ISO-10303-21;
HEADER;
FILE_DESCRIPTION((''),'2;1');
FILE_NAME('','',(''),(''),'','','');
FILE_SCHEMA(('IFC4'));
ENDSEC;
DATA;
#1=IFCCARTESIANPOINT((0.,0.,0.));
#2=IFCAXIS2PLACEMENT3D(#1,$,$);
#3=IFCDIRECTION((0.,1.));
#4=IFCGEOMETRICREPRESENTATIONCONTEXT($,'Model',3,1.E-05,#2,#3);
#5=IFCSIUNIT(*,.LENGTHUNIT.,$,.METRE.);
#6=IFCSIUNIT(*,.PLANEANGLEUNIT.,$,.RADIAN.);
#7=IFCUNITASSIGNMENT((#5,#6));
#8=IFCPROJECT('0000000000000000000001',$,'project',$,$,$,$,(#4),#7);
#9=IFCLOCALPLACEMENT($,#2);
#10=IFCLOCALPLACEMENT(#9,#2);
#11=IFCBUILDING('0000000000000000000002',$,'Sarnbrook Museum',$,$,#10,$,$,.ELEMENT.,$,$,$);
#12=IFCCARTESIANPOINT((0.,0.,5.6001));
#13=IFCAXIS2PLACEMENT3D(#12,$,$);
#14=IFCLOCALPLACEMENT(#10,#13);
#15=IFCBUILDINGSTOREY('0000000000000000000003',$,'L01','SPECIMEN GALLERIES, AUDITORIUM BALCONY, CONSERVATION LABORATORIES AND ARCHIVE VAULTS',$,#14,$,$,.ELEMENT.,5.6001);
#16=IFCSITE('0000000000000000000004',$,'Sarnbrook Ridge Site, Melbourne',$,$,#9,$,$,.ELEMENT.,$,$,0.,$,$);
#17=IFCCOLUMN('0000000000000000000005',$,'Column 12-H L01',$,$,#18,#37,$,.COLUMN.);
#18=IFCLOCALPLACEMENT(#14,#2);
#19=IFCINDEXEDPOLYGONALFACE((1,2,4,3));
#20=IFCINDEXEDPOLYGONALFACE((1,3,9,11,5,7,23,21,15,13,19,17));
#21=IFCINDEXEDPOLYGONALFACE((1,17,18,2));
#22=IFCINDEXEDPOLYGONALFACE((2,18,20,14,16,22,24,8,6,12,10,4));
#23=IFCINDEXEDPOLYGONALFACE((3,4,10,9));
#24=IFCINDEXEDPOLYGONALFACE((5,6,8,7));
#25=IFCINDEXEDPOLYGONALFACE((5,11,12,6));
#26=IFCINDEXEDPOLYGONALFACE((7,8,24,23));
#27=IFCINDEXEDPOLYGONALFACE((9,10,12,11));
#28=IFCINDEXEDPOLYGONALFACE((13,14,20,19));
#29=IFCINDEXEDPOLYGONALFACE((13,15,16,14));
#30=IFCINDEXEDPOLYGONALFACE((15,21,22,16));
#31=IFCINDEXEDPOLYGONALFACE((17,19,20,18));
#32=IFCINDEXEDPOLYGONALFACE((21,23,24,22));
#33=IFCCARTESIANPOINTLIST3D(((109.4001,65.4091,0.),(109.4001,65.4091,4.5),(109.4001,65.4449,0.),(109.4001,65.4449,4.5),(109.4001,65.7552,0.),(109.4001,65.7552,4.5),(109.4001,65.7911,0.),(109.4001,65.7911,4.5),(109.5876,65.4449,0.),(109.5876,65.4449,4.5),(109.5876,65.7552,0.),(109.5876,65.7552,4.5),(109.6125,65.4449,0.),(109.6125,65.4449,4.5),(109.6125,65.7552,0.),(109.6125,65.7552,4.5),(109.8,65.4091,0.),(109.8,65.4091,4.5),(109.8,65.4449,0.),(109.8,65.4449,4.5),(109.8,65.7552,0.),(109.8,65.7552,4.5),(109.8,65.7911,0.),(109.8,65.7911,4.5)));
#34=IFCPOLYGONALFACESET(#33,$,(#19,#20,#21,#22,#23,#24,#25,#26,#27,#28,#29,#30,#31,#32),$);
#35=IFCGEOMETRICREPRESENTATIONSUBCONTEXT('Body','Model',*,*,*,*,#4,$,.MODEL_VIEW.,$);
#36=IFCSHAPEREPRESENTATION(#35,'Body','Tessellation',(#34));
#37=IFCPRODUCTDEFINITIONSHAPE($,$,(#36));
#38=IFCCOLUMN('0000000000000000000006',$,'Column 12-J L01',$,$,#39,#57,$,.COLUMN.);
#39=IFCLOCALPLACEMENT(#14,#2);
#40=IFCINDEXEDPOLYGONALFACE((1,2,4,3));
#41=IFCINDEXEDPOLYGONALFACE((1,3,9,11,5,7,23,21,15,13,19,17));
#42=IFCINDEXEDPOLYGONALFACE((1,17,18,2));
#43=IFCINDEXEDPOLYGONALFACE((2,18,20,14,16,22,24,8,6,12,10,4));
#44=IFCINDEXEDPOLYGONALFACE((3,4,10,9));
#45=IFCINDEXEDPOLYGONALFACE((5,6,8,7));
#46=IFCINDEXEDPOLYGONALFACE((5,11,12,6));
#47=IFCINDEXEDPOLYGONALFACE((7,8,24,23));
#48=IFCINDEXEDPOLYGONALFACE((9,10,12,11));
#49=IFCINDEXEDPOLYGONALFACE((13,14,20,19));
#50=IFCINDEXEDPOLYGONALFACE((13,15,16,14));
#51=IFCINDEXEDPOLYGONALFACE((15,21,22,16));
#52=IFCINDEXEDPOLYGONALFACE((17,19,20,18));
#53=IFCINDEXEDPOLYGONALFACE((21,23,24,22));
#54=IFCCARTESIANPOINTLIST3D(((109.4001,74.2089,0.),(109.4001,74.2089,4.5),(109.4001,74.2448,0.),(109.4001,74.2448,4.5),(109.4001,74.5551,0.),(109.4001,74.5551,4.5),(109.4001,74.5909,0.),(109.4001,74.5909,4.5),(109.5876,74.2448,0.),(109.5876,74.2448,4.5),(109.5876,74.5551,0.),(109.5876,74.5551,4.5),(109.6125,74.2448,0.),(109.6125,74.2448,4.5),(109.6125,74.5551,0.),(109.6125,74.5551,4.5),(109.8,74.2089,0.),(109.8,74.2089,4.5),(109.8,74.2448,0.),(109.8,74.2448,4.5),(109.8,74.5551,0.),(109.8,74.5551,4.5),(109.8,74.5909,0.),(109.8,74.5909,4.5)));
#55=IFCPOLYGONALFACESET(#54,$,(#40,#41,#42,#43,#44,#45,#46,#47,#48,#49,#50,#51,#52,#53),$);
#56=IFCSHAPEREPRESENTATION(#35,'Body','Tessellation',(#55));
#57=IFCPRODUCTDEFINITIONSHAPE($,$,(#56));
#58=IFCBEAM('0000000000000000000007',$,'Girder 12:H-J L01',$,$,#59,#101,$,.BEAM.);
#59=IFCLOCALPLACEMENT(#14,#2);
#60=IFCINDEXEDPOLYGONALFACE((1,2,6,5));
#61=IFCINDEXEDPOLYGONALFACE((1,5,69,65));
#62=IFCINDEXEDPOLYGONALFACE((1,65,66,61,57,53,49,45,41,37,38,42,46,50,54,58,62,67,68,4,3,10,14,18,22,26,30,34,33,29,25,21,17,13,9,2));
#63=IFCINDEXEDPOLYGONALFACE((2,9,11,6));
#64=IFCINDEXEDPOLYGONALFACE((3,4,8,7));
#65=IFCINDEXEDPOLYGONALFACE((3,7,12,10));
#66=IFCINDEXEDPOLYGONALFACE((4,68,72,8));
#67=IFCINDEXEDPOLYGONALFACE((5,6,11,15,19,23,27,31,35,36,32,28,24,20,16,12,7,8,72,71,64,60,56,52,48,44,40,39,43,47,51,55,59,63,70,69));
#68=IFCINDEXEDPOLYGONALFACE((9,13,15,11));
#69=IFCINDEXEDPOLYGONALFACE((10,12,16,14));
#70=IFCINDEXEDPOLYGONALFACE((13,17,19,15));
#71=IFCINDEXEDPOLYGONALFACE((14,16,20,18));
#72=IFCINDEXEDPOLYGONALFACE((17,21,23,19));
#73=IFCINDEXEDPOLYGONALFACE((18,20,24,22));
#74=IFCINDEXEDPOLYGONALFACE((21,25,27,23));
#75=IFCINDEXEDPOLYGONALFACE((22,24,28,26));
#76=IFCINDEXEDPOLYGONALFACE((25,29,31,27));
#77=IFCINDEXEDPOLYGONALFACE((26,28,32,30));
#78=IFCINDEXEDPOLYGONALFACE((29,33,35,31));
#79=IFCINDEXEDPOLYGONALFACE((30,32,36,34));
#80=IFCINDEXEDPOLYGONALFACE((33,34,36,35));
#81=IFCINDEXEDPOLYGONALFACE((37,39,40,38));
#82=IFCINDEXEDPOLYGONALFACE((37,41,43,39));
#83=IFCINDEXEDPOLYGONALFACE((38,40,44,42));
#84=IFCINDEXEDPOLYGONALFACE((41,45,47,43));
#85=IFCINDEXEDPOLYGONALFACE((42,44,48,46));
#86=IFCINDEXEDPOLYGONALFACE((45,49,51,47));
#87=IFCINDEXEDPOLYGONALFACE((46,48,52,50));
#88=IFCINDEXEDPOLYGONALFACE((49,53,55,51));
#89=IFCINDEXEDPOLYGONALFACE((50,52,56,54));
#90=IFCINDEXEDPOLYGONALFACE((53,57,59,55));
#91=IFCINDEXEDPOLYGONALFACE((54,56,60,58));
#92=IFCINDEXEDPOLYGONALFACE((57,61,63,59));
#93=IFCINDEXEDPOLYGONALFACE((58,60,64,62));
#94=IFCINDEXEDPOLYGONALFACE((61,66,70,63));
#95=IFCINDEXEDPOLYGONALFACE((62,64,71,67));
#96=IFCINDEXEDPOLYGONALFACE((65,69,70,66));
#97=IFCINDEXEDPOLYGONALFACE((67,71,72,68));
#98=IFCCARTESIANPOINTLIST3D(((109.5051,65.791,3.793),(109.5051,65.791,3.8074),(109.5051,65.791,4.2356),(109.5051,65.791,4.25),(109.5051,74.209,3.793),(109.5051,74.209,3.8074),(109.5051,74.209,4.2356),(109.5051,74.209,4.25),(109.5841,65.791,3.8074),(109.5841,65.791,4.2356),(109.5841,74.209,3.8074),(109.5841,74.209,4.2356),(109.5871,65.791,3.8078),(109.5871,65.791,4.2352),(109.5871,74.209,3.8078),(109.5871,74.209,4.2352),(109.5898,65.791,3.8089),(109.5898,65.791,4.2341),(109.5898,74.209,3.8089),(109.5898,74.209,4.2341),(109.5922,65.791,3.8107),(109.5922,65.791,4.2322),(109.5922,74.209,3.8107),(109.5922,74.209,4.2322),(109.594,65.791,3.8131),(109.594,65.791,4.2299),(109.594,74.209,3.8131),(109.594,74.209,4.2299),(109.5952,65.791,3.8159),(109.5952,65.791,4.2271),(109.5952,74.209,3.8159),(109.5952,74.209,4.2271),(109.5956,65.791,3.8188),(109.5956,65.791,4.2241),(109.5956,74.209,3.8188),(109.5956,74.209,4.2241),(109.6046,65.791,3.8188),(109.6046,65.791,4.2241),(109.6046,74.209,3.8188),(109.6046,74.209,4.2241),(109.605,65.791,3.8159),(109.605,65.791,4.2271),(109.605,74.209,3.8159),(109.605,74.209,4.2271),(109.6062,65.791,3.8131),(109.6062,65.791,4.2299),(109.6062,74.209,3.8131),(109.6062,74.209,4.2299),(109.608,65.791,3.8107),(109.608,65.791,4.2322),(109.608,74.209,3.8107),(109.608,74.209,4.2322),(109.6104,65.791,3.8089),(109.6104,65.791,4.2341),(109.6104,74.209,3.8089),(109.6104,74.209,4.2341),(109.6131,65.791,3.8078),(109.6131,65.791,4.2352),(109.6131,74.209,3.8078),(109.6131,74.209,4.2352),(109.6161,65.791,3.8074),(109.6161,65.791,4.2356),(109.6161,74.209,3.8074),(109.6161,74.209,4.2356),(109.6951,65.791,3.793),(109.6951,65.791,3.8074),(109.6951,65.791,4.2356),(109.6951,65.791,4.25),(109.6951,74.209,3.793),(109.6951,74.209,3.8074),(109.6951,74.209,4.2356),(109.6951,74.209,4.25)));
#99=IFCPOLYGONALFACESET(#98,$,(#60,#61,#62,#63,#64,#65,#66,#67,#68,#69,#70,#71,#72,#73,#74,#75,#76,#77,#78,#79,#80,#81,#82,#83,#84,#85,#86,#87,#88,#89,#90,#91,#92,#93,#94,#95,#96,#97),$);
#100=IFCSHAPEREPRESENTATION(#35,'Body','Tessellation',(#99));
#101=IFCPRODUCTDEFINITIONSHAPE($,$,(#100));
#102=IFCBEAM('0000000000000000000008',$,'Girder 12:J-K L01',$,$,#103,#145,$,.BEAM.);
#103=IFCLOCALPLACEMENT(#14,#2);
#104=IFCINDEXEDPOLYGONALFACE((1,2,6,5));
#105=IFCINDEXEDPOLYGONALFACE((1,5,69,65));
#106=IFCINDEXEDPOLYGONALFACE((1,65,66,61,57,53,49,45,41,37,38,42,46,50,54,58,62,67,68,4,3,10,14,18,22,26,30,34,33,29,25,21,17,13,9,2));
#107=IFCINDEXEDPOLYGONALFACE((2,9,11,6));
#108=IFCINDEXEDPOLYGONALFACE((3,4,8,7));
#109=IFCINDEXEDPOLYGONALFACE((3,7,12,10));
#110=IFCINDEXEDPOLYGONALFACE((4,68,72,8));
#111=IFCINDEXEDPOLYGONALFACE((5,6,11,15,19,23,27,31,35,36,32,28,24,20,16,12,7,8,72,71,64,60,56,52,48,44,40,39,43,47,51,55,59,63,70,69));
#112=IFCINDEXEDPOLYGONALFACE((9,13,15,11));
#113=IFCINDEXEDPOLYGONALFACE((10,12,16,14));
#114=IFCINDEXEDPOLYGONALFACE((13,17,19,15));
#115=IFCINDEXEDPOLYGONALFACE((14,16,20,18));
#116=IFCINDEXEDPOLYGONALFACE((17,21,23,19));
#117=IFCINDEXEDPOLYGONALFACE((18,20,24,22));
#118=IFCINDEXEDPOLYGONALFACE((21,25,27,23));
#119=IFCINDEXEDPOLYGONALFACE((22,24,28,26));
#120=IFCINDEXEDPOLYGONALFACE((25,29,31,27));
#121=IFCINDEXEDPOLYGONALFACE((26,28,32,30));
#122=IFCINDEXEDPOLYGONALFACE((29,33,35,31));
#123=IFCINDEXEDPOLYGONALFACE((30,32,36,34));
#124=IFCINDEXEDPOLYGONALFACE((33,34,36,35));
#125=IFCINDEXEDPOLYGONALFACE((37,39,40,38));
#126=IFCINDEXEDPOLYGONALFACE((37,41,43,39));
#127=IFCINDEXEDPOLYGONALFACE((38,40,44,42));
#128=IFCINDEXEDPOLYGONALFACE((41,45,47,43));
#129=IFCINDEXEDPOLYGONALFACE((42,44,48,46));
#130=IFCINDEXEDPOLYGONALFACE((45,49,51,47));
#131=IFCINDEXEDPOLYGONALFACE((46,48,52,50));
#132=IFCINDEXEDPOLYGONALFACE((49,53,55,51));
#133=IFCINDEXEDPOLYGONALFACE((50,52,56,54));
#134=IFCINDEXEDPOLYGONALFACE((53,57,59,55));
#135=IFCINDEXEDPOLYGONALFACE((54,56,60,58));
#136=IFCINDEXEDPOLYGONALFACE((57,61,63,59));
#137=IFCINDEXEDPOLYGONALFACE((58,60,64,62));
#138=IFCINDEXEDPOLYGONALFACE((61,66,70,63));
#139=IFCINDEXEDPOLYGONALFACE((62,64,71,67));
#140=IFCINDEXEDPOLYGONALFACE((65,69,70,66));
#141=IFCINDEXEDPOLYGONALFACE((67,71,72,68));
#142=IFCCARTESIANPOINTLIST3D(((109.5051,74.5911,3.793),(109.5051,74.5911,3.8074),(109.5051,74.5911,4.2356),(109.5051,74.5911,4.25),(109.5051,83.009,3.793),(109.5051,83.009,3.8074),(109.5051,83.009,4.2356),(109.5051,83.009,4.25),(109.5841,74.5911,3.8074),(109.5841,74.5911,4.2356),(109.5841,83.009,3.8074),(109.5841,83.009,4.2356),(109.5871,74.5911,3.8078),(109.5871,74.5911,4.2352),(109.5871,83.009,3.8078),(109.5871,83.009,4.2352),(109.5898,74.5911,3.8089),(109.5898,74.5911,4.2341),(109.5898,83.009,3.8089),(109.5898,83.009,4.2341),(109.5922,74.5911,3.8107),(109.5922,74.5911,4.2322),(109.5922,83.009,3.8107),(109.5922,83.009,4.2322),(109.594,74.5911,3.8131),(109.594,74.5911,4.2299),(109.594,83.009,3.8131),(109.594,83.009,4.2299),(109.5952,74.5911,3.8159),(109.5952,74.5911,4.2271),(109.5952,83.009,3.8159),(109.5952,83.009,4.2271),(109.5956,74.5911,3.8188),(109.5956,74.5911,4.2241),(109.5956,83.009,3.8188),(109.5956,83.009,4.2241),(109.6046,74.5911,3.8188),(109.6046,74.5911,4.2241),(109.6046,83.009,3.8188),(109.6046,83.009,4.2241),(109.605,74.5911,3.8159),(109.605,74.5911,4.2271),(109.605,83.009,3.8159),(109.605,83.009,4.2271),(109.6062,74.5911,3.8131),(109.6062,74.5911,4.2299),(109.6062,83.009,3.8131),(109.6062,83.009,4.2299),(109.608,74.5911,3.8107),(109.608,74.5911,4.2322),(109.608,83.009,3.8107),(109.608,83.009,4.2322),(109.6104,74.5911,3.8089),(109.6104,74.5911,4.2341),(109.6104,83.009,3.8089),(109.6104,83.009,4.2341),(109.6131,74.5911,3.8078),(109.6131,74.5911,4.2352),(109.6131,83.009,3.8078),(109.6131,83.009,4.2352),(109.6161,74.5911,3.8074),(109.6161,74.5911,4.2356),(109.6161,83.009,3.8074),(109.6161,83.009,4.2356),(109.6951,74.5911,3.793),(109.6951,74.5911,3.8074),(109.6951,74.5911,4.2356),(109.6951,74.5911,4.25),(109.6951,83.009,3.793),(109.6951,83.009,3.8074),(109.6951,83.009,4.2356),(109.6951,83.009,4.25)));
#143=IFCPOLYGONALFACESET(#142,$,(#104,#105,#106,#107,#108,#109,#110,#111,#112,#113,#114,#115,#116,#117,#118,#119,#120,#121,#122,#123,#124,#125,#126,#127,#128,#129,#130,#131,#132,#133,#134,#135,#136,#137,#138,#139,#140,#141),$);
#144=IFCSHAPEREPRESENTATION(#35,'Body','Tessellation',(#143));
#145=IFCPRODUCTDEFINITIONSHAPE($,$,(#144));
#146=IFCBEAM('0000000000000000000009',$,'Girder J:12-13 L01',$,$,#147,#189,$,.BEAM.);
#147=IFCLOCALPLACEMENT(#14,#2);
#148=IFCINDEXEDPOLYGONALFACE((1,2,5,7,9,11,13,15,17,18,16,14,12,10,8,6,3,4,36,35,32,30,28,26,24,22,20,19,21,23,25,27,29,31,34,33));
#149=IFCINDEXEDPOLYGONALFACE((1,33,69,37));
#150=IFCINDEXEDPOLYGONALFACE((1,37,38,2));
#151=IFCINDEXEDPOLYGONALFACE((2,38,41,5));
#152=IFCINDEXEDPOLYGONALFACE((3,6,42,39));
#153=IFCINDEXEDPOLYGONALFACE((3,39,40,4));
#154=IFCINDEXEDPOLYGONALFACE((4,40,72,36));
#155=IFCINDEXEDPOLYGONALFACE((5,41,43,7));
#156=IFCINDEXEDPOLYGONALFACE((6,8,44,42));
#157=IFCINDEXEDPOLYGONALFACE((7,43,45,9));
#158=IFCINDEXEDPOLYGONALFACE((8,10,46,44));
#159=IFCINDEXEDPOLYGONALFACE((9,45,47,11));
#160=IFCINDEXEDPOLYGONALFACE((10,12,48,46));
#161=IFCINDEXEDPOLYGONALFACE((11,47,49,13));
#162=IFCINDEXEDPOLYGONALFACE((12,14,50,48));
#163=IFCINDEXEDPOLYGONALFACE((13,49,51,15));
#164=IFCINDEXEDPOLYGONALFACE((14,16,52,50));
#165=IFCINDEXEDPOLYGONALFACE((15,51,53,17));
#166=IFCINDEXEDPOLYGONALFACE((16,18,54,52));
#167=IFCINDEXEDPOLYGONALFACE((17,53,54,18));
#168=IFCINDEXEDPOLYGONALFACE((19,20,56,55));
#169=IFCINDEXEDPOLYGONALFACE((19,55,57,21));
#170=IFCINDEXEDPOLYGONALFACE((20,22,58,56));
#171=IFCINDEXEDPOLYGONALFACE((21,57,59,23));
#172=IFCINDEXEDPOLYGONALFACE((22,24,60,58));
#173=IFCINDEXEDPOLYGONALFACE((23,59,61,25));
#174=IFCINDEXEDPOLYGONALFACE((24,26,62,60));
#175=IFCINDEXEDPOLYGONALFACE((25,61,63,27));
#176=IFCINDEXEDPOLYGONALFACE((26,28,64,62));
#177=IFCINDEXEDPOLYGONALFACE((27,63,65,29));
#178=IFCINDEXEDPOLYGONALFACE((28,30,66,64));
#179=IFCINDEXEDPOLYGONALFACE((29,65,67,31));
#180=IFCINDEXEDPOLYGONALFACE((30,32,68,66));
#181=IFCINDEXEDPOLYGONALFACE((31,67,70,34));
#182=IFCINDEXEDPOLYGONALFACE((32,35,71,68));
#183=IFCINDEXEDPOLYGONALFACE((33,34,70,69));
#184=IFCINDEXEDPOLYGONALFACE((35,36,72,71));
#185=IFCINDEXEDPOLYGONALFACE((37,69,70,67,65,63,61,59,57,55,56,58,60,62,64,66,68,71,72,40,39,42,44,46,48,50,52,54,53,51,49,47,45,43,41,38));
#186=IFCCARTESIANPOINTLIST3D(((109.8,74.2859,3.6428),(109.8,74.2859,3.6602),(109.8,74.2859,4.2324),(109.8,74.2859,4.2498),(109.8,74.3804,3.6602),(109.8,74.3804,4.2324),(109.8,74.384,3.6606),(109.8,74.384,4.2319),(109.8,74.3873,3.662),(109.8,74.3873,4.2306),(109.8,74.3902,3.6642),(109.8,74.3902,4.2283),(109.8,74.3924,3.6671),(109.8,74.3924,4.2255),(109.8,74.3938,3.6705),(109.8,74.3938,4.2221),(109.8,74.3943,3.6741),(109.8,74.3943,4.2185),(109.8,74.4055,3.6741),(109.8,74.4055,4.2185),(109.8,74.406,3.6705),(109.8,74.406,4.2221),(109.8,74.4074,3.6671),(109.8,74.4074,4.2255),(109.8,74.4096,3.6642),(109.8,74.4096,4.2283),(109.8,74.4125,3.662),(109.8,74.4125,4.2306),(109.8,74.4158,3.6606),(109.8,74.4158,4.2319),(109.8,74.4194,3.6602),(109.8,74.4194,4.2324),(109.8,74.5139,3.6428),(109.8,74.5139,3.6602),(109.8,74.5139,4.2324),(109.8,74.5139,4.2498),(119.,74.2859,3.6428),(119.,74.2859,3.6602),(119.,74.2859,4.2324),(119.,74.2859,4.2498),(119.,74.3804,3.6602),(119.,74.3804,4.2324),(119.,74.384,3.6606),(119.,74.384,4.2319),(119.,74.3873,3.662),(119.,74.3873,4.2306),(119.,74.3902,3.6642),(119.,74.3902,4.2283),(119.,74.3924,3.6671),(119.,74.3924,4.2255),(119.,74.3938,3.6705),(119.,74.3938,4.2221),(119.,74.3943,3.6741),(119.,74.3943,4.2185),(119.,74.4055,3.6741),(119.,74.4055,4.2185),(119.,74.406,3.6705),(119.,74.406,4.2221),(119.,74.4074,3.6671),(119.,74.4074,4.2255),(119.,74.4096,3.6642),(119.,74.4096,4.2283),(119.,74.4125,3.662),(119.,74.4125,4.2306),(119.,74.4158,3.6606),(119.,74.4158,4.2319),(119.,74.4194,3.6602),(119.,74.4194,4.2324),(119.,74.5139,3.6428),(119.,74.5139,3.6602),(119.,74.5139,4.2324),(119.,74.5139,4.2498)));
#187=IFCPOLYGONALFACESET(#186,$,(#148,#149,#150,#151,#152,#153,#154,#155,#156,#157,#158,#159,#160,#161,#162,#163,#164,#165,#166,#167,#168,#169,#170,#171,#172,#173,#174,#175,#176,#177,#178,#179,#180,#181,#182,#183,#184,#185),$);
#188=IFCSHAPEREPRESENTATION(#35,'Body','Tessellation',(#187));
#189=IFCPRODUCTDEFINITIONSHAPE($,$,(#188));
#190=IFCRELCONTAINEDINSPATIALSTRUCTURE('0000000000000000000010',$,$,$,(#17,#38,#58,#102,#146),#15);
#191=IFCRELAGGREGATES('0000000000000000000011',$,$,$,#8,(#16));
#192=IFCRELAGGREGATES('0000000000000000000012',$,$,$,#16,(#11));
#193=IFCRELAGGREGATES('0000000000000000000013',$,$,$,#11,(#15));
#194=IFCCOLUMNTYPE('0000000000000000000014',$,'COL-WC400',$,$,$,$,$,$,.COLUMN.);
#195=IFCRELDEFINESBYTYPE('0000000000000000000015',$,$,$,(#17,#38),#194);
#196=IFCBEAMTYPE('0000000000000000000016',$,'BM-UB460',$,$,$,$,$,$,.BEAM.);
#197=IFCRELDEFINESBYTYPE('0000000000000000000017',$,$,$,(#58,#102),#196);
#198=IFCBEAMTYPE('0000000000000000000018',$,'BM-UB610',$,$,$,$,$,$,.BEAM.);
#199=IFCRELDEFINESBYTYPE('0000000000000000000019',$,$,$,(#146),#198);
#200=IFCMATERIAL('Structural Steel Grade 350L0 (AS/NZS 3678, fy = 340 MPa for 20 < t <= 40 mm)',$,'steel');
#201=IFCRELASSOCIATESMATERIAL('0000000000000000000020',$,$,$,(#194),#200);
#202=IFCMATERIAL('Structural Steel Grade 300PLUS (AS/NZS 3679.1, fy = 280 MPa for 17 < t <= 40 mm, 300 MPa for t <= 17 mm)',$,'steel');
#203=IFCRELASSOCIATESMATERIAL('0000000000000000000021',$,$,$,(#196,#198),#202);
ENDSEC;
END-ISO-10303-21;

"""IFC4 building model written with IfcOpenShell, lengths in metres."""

from ifc_helpers import new_model, si_unit, direction, frame, origin, origin_2d, place, context, subcontext, project, spatial, i_section, extrude, material, material_profile, profile_set, type_object, element, save


model = new_model("IFC4")

# Units and contexts
model_context = context("Model", 3, precision=1e-05, world=origin(), true_north=direction((0.0, 1.0)))
body_context = subcontext(model_context, "Body", "Model", "MODEL_VIEW")
ifc_project = project(units=[si_unit("LENGTHUNIT", "METRE"), si_unit("PLANEANGLEUNIT", "RADIAN")], contexts=[model_context])

# Site, building, storey
site_placement = place(None, origin())
site = spatial("IfcSite", under=ifc_project, at=site_placement, Name="Sarnbrook Ridge Site, Melbourne", CompositionType="ELEMENT", RefElevation=0.0)
building_placement = place(site_placement, origin())
building = spatial("IfcBuilding", under=site, at=building_placement, Name="Sarnbrook Museum", CompositionType="ELEMENT")
storey_placement = place(building_placement, frame((0.0, 0.0, 5.6001)))
storey = spatial("IfcBuildingStorey", under=building, at=storey_placement, Name="L01", Description="SPECIMEN GALLERIES, AUDITORIUM BALCONY, CONSERVATION LABORATORIES AND ARCHIVE VAULTS", CompositionType="ELEMENT", Elevation=5.6001)

# Columns
ifc_material_1 = material(Name="Structural Steel Grade 350L0 (AS/NZS 3678, fy = 340 MPa for 20 < t <= 40 mm)", Category="steel")
ifc_material_profile_1 = material_profile(ifc_material_1, i_section(OverallWidth=0.3999, OverallDepth=0.3821, WebThickness=0.0249, FlangeThickness=0.0359, at=origin_2d()), Name="400WC270")
ifc_profile_set_1 = profile_set([ifc_material_profile_1], Name="Structural Steel Grade 350L0 (AS/NZS 3678, fy = 340 MPa for 20 < t <= 40 mm)")
column_type = type_object("IfcColumnType", Name="COL-WC400", PredefinedType="COLUMN", material=ifc_profile_set_1)
for number, where, z_axis, x_axis, name in (
    (1, (109.6001, 65.6001, 0.0), (0.0, 0.0, 1.0), (1.0, 0.0, 0.0), "Column 12-H L01"),
    (2, (109.6001, 74.3999, 0.0), (0.0, 0.0, 1.0), (1.0, 0.0, 0.0), "Column 12-J L01"),
):
    element("IfcColumn", number, at=place(storey_placement, frame(where, z_axis=z_axis, x_axis=x_axis)), inside=storey, type_object=column_type, Name=name, PredefinedType="COLUMN", context=body_context, shape_type="SweptSolid", body=[
        extrude(i_section(OverallWidth=0.3999, OverallDepth=0.3821, WebThickness=0.0249, FlangeThickness=0.0359, at=origin_2d()), origin(), (0.0, 0.0, 1.0), 4.5),
    ])

# Beams
ifc_material_2 = material(Name="Structural Steel Grade 300PLUS (AS/NZS 3679.1, fy = 280 MPa for 17 < t <= 40 mm, 300 MPa for t <= 17 mm)", Category="steel")
ifc_material_profile_2 = material_profile(ifc_material_2, i_section(OverallWidth=0.1899, OverallDepth=0.457, WebThickness=0.009, FlangeThickness=0.0144, FilletRadius=0.0115, at=origin_2d()), Name="460UB74.6")
ifc_profile_set_2 = profile_set([ifc_material_profile_2], Name="Structural Steel Grade 300PLUS (AS/NZS 3679.1, fy = 280 MPa for 17 < t <= 40 mm, 300 MPa for t <= 17 mm)")
beam_type_1 = type_object("IfcBeamType", Name="BM-UB460", PredefinedType="BEAM", material=ifc_profile_set_2)
for number, where, z_axis, x_axis, name in (
    (3, (109.6001, 65.791, 4.0215), (0.0, 1.0, 0.0), (-1.0, 0.0, 0.0), "Girder 12:H-J L01"),
    (4, (109.6001, 74.5911, 4.0215), (0.0, 1.0, 0.0), (-1.0, 0.0, 0.0), "Girder 12:J-K L01"),
):
    element("IfcBeam", number, at=place(storey_placement, frame(where, z_axis=z_axis, x_axis=x_axis)), inside=storey, type_object=beam_type_1, Name=name, PredefinedType="BEAM", context=body_context, shape_type="SweptSolid", body=[
        extrude(i_section(OverallWidth=0.1899, OverallDepth=0.457, WebThickness=0.009, FlangeThickness=0.0144, FilletRadius=0.0115, at=origin_2d()), origin(), (0.0, 0.0, 1.0), 8.418),
    ])
ifc_material_profile_3 = material_profile(ifc_material_2, i_section(OverallWidth=0.228, OverallDepth=0.6069, WebThickness=0.0112, FlangeThickness=0.0173, FilletRadius=0.0139, at=origin_2d()), Name="610UB113")
ifc_profile_set_3 = profile_set([ifc_material_profile_3], Name="Structural Steel Grade 300PLUS (AS/NZS 3679.1, fy = 280 MPa for 17 < t <= 40 mm, 300 MPa for t <= 17 mm)")
beam_type_2 = type_object("IfcBeamType", Name="BM-UB610", PredefinedType="BEAM", material=ifc_profile_set_3)
beam_placement = place(storey_placement, frame((109.8, 74.3999, 3.9463), z_axis=(1.0, 0.0, 0.0), x_axis=(0.0, 1.0, 0.0)))
element("IfcBeam", 5, at=beam_placement, inside=storey, type_object=beam_type_2, Name="Girder J:12-13 L01", PredefinedType="BEAM", context=body_context, shape_type="SweptSolid", body=[
    extrude(i_section(OverallWidth=0.228, OverallDepth=0.6069, WebThickness=0.0112, FlangeThickness=0.0173, FilletRadius=0.0139, at=origin_2d()), origin(), (0.0, 0.0, 1.0), 9.2),
])

save(model, "model.ifc")
